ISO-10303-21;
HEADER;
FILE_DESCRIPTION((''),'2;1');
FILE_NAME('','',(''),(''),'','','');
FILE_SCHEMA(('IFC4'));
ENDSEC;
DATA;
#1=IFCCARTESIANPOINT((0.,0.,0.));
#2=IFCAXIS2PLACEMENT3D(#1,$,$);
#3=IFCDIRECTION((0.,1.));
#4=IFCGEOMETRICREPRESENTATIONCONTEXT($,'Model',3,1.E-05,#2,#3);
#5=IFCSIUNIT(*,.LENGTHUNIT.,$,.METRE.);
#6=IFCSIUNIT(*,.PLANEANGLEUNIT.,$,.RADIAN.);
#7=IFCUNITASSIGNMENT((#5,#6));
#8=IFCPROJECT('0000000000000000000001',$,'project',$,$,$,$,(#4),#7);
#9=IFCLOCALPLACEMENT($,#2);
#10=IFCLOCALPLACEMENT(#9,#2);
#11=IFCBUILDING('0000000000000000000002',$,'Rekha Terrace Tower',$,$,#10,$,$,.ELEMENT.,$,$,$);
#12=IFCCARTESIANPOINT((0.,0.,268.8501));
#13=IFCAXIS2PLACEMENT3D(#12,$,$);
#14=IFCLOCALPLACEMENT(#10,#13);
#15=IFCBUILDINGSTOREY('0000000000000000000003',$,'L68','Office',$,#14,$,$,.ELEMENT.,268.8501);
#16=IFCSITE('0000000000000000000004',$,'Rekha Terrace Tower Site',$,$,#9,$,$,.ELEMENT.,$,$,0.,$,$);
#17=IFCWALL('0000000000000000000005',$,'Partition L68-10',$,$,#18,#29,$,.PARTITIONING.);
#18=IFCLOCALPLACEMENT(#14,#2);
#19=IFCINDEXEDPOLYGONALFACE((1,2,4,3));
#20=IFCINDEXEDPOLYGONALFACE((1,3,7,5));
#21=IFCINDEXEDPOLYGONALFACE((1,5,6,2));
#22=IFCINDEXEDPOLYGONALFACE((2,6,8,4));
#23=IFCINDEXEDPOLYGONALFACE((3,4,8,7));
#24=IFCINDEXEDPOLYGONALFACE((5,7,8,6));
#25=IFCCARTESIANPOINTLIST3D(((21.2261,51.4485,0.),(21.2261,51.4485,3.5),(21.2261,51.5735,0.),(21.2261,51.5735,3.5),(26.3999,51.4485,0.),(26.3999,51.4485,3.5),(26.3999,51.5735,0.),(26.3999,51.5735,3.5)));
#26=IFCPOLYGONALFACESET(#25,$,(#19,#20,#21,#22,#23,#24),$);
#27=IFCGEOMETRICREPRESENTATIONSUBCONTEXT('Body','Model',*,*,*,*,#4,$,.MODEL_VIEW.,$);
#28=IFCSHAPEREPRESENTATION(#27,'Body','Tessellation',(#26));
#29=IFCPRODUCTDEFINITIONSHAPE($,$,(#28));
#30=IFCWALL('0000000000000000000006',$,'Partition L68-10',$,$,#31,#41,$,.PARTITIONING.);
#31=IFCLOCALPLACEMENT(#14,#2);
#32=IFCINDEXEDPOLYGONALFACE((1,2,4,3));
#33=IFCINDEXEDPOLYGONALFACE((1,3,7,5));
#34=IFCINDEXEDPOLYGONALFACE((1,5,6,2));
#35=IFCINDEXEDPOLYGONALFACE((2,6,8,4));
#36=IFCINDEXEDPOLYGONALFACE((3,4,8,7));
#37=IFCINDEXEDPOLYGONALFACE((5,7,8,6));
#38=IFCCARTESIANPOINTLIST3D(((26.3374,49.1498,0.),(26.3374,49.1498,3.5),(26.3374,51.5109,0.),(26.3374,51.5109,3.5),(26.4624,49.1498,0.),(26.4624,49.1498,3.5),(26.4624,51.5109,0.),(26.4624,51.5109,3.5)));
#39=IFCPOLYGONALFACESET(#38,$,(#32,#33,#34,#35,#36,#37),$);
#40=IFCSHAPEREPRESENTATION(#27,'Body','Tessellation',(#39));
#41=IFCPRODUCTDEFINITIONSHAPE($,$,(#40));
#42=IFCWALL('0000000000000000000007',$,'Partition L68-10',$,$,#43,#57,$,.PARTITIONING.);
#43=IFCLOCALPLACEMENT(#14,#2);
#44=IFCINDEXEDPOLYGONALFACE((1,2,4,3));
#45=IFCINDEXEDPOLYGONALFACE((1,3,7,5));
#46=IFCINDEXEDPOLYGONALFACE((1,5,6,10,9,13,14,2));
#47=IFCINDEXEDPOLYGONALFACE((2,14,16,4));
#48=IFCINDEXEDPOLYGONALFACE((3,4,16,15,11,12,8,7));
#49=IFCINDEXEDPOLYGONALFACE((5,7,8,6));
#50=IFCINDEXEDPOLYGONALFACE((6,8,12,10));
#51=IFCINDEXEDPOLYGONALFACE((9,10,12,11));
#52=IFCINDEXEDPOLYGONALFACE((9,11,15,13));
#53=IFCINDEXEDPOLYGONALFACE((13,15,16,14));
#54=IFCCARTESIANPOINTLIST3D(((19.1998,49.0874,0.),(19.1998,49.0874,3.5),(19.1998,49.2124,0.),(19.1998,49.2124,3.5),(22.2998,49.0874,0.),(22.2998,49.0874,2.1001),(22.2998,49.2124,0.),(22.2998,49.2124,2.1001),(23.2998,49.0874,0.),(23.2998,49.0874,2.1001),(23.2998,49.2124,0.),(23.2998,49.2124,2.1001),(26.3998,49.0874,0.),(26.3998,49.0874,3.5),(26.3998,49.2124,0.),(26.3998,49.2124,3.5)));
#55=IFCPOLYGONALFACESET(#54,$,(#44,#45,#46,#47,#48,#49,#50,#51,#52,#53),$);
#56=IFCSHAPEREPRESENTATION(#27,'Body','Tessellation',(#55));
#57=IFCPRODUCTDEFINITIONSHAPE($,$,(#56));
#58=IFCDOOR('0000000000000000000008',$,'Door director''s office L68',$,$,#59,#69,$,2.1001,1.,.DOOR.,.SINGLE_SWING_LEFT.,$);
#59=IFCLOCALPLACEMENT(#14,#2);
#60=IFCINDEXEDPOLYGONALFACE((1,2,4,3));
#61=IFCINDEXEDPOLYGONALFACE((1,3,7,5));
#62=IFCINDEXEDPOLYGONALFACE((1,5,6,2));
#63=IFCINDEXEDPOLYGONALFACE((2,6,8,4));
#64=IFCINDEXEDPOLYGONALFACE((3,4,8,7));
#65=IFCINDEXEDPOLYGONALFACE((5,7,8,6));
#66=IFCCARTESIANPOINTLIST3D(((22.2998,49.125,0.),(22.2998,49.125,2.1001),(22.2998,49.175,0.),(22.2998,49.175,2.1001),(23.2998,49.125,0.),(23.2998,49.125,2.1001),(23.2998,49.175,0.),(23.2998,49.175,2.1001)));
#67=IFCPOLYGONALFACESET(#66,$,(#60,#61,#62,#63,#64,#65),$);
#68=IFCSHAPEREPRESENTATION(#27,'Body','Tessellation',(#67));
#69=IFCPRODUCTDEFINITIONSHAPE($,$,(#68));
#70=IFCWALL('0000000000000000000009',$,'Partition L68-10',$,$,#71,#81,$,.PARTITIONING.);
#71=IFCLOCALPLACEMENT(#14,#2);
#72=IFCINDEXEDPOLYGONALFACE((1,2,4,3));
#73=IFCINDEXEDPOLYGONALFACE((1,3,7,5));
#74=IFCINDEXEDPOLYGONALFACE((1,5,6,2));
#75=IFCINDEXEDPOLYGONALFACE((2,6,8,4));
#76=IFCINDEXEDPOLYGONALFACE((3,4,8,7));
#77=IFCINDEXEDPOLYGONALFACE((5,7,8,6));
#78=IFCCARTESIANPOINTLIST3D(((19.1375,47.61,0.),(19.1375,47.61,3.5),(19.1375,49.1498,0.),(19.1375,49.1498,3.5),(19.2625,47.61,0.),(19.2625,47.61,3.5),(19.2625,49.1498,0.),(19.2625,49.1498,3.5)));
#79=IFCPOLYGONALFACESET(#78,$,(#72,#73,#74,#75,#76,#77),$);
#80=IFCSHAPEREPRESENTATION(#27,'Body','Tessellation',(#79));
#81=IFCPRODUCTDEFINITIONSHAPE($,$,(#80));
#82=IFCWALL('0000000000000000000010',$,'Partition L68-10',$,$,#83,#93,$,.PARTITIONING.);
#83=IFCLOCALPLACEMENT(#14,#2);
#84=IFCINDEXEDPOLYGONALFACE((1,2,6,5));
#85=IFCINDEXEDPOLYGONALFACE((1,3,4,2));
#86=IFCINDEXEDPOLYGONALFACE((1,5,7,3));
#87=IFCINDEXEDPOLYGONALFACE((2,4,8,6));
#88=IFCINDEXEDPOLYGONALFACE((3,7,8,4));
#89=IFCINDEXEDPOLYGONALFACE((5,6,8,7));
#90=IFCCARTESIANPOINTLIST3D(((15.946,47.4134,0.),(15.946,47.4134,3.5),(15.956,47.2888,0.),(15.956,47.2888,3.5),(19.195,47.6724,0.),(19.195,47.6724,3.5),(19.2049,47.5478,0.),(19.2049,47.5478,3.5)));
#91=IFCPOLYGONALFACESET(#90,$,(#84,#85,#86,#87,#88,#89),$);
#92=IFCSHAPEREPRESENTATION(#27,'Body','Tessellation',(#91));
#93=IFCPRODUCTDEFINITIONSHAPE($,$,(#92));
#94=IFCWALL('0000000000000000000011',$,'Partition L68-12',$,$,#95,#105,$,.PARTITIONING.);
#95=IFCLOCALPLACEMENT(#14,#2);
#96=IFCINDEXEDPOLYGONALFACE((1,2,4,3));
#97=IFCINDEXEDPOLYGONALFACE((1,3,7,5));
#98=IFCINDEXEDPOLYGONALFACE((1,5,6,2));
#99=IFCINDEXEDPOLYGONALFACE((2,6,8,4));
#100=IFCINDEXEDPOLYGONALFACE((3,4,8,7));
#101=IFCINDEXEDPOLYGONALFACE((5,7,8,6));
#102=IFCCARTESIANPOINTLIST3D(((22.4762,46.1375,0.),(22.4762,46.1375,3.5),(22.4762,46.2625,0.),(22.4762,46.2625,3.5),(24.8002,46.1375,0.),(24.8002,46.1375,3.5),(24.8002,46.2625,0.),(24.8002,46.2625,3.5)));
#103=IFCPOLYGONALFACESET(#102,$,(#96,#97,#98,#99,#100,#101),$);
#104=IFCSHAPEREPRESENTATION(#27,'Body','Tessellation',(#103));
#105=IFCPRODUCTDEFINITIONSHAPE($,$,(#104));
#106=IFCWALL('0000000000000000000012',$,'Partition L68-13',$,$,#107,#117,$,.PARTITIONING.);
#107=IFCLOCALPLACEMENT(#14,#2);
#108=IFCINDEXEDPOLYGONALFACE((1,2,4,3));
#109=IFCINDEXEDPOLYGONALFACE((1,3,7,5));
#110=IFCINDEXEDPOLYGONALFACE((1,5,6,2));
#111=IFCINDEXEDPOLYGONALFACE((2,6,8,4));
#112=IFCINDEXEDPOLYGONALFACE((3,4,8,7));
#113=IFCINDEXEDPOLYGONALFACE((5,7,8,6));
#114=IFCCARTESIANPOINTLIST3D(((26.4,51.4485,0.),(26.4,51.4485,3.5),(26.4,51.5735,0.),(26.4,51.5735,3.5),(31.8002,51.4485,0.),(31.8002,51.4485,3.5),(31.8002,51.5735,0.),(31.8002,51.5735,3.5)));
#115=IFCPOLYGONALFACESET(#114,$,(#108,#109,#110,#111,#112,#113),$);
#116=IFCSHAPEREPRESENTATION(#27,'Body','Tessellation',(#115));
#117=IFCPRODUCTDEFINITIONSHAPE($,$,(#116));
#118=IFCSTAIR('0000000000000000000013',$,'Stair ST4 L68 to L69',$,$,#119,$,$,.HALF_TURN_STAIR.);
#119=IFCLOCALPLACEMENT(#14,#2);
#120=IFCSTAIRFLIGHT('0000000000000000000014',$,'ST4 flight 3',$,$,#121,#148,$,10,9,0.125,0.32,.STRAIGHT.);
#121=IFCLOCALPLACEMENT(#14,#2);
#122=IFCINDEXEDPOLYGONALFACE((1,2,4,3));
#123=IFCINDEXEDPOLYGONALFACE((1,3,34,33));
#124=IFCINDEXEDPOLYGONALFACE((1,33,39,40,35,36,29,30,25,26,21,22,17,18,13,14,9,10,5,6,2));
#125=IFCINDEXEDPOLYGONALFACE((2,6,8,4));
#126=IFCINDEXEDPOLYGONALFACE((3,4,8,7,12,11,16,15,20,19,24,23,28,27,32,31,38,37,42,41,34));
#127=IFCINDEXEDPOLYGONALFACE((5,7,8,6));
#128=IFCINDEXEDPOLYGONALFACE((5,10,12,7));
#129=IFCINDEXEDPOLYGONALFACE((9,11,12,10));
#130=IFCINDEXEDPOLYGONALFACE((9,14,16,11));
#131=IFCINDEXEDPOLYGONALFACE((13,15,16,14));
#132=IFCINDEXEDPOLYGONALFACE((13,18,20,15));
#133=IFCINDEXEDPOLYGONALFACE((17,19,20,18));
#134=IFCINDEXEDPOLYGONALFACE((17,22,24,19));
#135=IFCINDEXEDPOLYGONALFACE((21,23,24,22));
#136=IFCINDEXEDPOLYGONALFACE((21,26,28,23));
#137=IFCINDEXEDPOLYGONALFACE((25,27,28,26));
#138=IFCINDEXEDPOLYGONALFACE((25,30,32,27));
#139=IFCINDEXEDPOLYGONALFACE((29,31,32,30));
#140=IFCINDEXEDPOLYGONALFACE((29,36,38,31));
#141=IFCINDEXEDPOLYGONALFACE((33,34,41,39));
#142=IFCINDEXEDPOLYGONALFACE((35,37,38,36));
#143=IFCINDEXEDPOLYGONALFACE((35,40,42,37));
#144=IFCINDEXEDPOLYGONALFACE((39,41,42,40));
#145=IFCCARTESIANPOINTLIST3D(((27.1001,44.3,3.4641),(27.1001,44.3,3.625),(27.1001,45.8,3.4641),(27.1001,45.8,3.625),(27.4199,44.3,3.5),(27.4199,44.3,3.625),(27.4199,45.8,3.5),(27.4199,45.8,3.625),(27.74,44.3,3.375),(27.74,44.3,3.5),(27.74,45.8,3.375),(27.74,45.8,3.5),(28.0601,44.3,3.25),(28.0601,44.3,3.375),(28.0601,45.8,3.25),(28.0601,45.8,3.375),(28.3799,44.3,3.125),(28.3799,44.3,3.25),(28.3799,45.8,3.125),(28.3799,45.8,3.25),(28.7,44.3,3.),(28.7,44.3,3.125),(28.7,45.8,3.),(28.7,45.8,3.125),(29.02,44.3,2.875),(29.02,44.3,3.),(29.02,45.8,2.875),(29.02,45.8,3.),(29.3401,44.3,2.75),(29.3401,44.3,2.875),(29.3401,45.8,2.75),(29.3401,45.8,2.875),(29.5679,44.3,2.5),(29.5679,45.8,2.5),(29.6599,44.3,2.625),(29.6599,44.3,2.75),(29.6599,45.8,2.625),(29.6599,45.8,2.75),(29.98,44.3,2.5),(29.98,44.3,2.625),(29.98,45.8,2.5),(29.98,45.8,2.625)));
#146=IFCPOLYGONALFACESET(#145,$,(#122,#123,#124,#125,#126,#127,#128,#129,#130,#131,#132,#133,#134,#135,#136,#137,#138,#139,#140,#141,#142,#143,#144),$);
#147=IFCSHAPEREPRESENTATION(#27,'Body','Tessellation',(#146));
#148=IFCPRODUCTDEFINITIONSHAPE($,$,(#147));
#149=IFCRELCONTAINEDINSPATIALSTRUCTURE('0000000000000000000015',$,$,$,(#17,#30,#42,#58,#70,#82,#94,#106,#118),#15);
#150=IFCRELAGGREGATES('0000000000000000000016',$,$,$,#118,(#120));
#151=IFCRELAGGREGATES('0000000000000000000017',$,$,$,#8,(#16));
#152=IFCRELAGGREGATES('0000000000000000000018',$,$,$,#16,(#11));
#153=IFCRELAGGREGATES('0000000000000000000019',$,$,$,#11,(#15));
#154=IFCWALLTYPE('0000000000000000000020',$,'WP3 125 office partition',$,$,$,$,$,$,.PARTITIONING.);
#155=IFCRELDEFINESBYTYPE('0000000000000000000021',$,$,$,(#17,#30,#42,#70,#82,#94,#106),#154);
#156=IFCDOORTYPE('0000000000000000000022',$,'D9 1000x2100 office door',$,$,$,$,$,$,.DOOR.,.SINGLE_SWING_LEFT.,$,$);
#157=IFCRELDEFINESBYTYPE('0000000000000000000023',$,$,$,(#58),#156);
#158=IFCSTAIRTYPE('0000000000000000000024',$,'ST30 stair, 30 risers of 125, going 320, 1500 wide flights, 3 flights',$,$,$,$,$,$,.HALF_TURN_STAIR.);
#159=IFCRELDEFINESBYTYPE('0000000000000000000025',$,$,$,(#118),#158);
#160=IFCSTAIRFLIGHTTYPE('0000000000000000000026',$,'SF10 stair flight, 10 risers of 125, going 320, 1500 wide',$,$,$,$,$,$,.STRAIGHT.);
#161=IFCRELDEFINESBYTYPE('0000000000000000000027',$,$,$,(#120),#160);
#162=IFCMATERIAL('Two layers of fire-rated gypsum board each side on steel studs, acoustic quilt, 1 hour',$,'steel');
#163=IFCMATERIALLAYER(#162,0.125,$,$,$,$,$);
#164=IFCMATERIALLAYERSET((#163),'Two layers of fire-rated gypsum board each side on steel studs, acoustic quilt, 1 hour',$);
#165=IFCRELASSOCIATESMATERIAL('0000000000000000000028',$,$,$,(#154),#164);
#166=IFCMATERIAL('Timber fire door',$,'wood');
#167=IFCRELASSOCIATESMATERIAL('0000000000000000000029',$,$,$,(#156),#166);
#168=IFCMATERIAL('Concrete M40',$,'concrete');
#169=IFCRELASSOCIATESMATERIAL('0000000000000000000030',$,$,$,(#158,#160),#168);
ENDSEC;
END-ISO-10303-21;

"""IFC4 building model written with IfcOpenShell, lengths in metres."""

from ifc_helpers import new_model, si_unit, direction, frame, frame_2d, origin, place, context, subcontext, project, spatial, polyline, rectangle, outline, extrude, material, layer, layer_set, type_object, element, fill, aggregate, save


model = new_model("IFC4")

# Units and contexts
model_context = context("Model", 3, precision=1e-05, world=origin(), true_north=direction((0.0, 1.0)))
body_context = subcontext(model_context, "Body", "Model", "MODEL_VIEW")
ifc_project = project(units=[si_unit("LENGTHUNIT", "METRE"), si_unit("PLANEANGLEUNIT", "RADIAN")], contexts=[model_context])

# Site, building, storey
site_placement = place(None, origin())
site = spatial("IfcSite", under=ifc_project, at=site_placement, Name="Rekha Terrace Tower Site", CompositionType="ELEMENT", RefElevation=0.0)
building_placement = place(site_placement, origin())
building = spatial("IfcBuilding", under=site, at=building_placement, Name="Rekha Terrace Tower", CompositionType="ELEMENT")
storey_placement = place(building_placement, frame((0.0, 0.0, 268.8501)))
storey = spatial("IfcBuildingStorey", under=building, at=storey_placement, Name="L68", Description="Office", CompositionType="ELEMENT", Elevation=268.8501)

# Walls
ifc_material_1 = material(Name="Two layers of fire-rated gypsum board each side on steel studs, acoustic quilt, 1 hour", Category="steel")
ifc_layer_1 = layer(ifc_material_1, 0.125)
ifc_layer_set_1 = layer_set([ifc_layer_1], Name="Two layers of fire-rated gypsum board each side on steel studs, acoustic quilt, 1 hour")
wall_type_1 = type_object("IfcWallType", Name="WP3 125 office partition", PredefinedType="PARTITIONING", material=ifc_layer_set_1)
wall_1_placement = place(storey_placement, frame((21.2261, 51.511, 0.0), z_axis=(0.0, 0.0, 1.0), x_axis=(1.0, 0.0, 0.0)))
element("IfcWall", 1, at=wall_1_placement, inside=storey, type_object=wall_type_1, Name="Partition L68-10", PredefinedType="PARTITIONING", context=body_context, shape_type="SweptSolid", body=[
    extrude(rectangle(XDim=5.1738, YDim=0.125, at=frame_2d((2.5869, 0.0))), origin(), (0.0, 0.0, 1.0), 3.5),
])
wall_2_placement = place(storey_placement, frame((26.3999, 51.511, 0.0), z_axis=(0.0, 0.0, 1.0), x_axis=(0.0, -1.0, 0.0)))
element("IfcWall", 2, at=wall_2_placement, inside=storey, type_object=wall_type_1, Name="Partition L68-10", PredefinedType="PARTITIONING", context=body_context, shape_type="SweptSolid", body=[
    extrude(rectangle(XDim=2.3611, YDim=0.125, at=frame_2d((1.1807, 0.0))), origin(), (0.0, 0.0, 1.0), 3.5),
])

# Wall, opening, door
wall_3_placement = place(storey_placement, frame((26.3999, 49.1499, 0.0), z_axis=(0.0, 0.0, 1.0), x_axis=(-1.0, 0.0, 0.0)))
wall_3 = element("IfcWall", 3, at=wall_3_placement, inside=storey, type_object=wall_type_1, Name="Partition L68-10", PredefinedType="PARTITIONING", context=body_context, shape_type="SweptSolid", body=[
    extrude(rectangle(XDim=7.2, YDim=0.125, at=frame_2d((3.6001, 0.0))), origin(), (0.0, 0.0, 1.0), 3.5),
])
opening_placement = place(wall_3_placement, frame((3.1001, 0.0, 0.0)))
opening = element("IfcOpeningElement", 4, at=opening_placement, cuts=wall_3, PredefinedType="OPENING", context=body_context, shape_type="SweptSolid", body=[
    extrude(rectangle(XDim=1.0, YDim=2.1001, at=frame_2d((0.5, 1.05))), frame((0.0, 0.0725, 0.0), z_axis=(0.0, -1.0, 0.0), x_axis=(1.0, 0.0, 0.0)), (0.0, 0.0, 1.0), 0.145),
])
ifc_material_2 = material(Name="Timber fire door", Category="wood")
door_type = type_object("IfcDoorType", Name="D9 1000x2100 office door", OperationType="SINGLE_SWING_LEFT", PredefinedType="DOOR", material=ifc_material_2)
door_placement = place(opening_placement, origin())
door = element("IfcDoor", 5, at=door_placement, inside=storey, type_object=door_type, Name="Door director's office L68", OperationType="SINGLE_SWING_LEFT", OverallHeight=2.1001, OverallWidth=1.0, PredefinedType="DOOR", context=body_context, shape_type="SweptSolid", body=[
    extrude(rectangle(XDim=1.0, YDim=2.1001, at=frame_2d((0.5, 1.05))), frame((0.0, 0.0249, 0.0), z_axis=(0.0, -1.0, 0.0), x_axis=(1.0, 0.0, 0.0)), (0.0, 0.0, 1.0), 0.05),
])
fill(opening, door)

# Walls
wall_4_placement = place(storey_placement, frame((19.2, 49.1499, 0.0), z_axis=(0.0, 0.0, 1.0), x_axis=(0.0, -1.0, 0.0)))
element("IfcWall", 6, at=wall_4_placement, inside=storey, type_object=wall_type_1, Name="Partition L68-10", PredefinedType="PARTITIONING", context=body_context, shape_type="SweptSolid", body=[
    extrude(rectangle(XDim=1.5398, YDim=0.125, at=frame_2d((0.77, 0.0))), origin(), (0.0, 0.0, 1.0), 3.5),
])
wall_5_placement = place(storey_placement, frame((19.2, 47.6101, 0.0), z_axis=(0.0, 0.0, 1.0), x_axis=(-0.996837, -0.079474, 0.0)))
element("IfcWall", 7, at=wall_5_placement, inside=storey, type_object=wall_type_1, Name="Partition L68-10", PredefinedType="PARTITIONING", context=body_context, shape_type="SweptSolid", body=[
    extrude(rectangle(XDim=3.2593, YDim=0.125, at=frame_2d((1.6296, 0.0))), origin(), (0.0, 0.0, 1.0), 3.5),
])
wall_6_placement = place(storey_placement, frame((22.4761, 46.2, 0.0), z_axis=(0.0, 0.0, 1.0), x_axis=(1.0, 0.0, 0.0)))
element("IfcWall", 8, at=wall_6_placement, inside=storey, type_object=wall_type_1, Name="Partition L68-12", PredefinedType="PARTITIONING", context=body_context, shape_type="SweptSolid", body=[
    extrude(rectangle(XDim=2.324, YDim=0.125, at=frame_2d((1.1621, 0.0))), origin(), (0.0, 0.0, 1.0), 3.5),
])
wall_7_placement = place(storey_placement, frame((26.3999, 51.511, 0.0), z_axis=(0.0, 0.0, 1.0), x_axis=(1.0, 0.0, 0.0)))
element("IfcWall", 9, at=wall_7_placement, inside=storey, type_object=wall_type_1, Name="Partition L68-13", PredefinedType="PARTITIONING", context=body_context, shape_type="SweptSolid", body=[
    extrude(rectangle(XDim=5.4001, YDim=0.125, at=frame_2d((2.7002, 0.0))), origin(), (0.0, 0.0, 1.0), 3.5),
])

# Stair, stair flight
ifc_material_3 = material(Name="Concrete M40", Category="concrete")
stair_type = type_object("IfcStairType", Name="ST30 stair, 30 risers of 125, going 320, 1500 wide flights, 3 flights", PredefinedType="HALF_TURN_STAIR", material=ifc_material_3)
stair_placement = place(storey_placement, origin())
stair = element("IfcStair", 10, at=stair_placement, inside=storey, type_object=stair_type, Name="Stair ST4 L68 to L69", PredefinedType="HALF_TURN_STAIR")
stair_flight_type = type_object("IfcStairFlightType", Name="SF10 stair flight, 10 risers of 125, going 320, 1500 wide", PredefinedType="STRAIGHT", material=ifc_material_3)
stair_flight_placement = place(storey_placement, frame((29.98, 45.05, 2.5), z_axis=(0.0, 0.0, 1.0), x_axis=(-1.0, 0.0, 0.0)))
stair_flight = element("IfcStairFlight", 11, at=stair_flight_placement, type_object=stair_flight_type, Name="ST4 flight 3", NumberOfRisers=10, NumberOfTreads=9, PredefinedType="STRAIGHT", RiserHeight=0.125, TreadLength=0.32, context=body_context, shape_type="SweptSolid", body=[
    extrude(outline(polyline([(0.0, 0.0), (0.0, 0.125), (0.3201, 0.125), (0.3201, 0.25), (0.6399, 0.25), (0.6399, 0.375), (0.96, 0.375), (0.96, 0.5), (1.28, 0.5), (1.28, 0.625), (1.6001, 0.625), (1.6001, 0.75), (1.9199, 0.75), (1.9199, 0.875), (2.24, 0.875), (2.24, 1.0), (2.5601, 1.0), (2.5601, 1.125), (2.8799, 1.125), (2.8799, 1.25), (2.8799, 0.9641), (0.4121, 0.0), (0.0, 0.0)])), frame((0.0, 0.75, 0.0), z_axis=(0.0, -1.0, 0.0), x_axis=(1.0, 0.0, 0.0)), (0.0, 0.0, 1.0), 1.5),
])
aggregate(stair, [stair_flight])

save(model, "model.ifc")
